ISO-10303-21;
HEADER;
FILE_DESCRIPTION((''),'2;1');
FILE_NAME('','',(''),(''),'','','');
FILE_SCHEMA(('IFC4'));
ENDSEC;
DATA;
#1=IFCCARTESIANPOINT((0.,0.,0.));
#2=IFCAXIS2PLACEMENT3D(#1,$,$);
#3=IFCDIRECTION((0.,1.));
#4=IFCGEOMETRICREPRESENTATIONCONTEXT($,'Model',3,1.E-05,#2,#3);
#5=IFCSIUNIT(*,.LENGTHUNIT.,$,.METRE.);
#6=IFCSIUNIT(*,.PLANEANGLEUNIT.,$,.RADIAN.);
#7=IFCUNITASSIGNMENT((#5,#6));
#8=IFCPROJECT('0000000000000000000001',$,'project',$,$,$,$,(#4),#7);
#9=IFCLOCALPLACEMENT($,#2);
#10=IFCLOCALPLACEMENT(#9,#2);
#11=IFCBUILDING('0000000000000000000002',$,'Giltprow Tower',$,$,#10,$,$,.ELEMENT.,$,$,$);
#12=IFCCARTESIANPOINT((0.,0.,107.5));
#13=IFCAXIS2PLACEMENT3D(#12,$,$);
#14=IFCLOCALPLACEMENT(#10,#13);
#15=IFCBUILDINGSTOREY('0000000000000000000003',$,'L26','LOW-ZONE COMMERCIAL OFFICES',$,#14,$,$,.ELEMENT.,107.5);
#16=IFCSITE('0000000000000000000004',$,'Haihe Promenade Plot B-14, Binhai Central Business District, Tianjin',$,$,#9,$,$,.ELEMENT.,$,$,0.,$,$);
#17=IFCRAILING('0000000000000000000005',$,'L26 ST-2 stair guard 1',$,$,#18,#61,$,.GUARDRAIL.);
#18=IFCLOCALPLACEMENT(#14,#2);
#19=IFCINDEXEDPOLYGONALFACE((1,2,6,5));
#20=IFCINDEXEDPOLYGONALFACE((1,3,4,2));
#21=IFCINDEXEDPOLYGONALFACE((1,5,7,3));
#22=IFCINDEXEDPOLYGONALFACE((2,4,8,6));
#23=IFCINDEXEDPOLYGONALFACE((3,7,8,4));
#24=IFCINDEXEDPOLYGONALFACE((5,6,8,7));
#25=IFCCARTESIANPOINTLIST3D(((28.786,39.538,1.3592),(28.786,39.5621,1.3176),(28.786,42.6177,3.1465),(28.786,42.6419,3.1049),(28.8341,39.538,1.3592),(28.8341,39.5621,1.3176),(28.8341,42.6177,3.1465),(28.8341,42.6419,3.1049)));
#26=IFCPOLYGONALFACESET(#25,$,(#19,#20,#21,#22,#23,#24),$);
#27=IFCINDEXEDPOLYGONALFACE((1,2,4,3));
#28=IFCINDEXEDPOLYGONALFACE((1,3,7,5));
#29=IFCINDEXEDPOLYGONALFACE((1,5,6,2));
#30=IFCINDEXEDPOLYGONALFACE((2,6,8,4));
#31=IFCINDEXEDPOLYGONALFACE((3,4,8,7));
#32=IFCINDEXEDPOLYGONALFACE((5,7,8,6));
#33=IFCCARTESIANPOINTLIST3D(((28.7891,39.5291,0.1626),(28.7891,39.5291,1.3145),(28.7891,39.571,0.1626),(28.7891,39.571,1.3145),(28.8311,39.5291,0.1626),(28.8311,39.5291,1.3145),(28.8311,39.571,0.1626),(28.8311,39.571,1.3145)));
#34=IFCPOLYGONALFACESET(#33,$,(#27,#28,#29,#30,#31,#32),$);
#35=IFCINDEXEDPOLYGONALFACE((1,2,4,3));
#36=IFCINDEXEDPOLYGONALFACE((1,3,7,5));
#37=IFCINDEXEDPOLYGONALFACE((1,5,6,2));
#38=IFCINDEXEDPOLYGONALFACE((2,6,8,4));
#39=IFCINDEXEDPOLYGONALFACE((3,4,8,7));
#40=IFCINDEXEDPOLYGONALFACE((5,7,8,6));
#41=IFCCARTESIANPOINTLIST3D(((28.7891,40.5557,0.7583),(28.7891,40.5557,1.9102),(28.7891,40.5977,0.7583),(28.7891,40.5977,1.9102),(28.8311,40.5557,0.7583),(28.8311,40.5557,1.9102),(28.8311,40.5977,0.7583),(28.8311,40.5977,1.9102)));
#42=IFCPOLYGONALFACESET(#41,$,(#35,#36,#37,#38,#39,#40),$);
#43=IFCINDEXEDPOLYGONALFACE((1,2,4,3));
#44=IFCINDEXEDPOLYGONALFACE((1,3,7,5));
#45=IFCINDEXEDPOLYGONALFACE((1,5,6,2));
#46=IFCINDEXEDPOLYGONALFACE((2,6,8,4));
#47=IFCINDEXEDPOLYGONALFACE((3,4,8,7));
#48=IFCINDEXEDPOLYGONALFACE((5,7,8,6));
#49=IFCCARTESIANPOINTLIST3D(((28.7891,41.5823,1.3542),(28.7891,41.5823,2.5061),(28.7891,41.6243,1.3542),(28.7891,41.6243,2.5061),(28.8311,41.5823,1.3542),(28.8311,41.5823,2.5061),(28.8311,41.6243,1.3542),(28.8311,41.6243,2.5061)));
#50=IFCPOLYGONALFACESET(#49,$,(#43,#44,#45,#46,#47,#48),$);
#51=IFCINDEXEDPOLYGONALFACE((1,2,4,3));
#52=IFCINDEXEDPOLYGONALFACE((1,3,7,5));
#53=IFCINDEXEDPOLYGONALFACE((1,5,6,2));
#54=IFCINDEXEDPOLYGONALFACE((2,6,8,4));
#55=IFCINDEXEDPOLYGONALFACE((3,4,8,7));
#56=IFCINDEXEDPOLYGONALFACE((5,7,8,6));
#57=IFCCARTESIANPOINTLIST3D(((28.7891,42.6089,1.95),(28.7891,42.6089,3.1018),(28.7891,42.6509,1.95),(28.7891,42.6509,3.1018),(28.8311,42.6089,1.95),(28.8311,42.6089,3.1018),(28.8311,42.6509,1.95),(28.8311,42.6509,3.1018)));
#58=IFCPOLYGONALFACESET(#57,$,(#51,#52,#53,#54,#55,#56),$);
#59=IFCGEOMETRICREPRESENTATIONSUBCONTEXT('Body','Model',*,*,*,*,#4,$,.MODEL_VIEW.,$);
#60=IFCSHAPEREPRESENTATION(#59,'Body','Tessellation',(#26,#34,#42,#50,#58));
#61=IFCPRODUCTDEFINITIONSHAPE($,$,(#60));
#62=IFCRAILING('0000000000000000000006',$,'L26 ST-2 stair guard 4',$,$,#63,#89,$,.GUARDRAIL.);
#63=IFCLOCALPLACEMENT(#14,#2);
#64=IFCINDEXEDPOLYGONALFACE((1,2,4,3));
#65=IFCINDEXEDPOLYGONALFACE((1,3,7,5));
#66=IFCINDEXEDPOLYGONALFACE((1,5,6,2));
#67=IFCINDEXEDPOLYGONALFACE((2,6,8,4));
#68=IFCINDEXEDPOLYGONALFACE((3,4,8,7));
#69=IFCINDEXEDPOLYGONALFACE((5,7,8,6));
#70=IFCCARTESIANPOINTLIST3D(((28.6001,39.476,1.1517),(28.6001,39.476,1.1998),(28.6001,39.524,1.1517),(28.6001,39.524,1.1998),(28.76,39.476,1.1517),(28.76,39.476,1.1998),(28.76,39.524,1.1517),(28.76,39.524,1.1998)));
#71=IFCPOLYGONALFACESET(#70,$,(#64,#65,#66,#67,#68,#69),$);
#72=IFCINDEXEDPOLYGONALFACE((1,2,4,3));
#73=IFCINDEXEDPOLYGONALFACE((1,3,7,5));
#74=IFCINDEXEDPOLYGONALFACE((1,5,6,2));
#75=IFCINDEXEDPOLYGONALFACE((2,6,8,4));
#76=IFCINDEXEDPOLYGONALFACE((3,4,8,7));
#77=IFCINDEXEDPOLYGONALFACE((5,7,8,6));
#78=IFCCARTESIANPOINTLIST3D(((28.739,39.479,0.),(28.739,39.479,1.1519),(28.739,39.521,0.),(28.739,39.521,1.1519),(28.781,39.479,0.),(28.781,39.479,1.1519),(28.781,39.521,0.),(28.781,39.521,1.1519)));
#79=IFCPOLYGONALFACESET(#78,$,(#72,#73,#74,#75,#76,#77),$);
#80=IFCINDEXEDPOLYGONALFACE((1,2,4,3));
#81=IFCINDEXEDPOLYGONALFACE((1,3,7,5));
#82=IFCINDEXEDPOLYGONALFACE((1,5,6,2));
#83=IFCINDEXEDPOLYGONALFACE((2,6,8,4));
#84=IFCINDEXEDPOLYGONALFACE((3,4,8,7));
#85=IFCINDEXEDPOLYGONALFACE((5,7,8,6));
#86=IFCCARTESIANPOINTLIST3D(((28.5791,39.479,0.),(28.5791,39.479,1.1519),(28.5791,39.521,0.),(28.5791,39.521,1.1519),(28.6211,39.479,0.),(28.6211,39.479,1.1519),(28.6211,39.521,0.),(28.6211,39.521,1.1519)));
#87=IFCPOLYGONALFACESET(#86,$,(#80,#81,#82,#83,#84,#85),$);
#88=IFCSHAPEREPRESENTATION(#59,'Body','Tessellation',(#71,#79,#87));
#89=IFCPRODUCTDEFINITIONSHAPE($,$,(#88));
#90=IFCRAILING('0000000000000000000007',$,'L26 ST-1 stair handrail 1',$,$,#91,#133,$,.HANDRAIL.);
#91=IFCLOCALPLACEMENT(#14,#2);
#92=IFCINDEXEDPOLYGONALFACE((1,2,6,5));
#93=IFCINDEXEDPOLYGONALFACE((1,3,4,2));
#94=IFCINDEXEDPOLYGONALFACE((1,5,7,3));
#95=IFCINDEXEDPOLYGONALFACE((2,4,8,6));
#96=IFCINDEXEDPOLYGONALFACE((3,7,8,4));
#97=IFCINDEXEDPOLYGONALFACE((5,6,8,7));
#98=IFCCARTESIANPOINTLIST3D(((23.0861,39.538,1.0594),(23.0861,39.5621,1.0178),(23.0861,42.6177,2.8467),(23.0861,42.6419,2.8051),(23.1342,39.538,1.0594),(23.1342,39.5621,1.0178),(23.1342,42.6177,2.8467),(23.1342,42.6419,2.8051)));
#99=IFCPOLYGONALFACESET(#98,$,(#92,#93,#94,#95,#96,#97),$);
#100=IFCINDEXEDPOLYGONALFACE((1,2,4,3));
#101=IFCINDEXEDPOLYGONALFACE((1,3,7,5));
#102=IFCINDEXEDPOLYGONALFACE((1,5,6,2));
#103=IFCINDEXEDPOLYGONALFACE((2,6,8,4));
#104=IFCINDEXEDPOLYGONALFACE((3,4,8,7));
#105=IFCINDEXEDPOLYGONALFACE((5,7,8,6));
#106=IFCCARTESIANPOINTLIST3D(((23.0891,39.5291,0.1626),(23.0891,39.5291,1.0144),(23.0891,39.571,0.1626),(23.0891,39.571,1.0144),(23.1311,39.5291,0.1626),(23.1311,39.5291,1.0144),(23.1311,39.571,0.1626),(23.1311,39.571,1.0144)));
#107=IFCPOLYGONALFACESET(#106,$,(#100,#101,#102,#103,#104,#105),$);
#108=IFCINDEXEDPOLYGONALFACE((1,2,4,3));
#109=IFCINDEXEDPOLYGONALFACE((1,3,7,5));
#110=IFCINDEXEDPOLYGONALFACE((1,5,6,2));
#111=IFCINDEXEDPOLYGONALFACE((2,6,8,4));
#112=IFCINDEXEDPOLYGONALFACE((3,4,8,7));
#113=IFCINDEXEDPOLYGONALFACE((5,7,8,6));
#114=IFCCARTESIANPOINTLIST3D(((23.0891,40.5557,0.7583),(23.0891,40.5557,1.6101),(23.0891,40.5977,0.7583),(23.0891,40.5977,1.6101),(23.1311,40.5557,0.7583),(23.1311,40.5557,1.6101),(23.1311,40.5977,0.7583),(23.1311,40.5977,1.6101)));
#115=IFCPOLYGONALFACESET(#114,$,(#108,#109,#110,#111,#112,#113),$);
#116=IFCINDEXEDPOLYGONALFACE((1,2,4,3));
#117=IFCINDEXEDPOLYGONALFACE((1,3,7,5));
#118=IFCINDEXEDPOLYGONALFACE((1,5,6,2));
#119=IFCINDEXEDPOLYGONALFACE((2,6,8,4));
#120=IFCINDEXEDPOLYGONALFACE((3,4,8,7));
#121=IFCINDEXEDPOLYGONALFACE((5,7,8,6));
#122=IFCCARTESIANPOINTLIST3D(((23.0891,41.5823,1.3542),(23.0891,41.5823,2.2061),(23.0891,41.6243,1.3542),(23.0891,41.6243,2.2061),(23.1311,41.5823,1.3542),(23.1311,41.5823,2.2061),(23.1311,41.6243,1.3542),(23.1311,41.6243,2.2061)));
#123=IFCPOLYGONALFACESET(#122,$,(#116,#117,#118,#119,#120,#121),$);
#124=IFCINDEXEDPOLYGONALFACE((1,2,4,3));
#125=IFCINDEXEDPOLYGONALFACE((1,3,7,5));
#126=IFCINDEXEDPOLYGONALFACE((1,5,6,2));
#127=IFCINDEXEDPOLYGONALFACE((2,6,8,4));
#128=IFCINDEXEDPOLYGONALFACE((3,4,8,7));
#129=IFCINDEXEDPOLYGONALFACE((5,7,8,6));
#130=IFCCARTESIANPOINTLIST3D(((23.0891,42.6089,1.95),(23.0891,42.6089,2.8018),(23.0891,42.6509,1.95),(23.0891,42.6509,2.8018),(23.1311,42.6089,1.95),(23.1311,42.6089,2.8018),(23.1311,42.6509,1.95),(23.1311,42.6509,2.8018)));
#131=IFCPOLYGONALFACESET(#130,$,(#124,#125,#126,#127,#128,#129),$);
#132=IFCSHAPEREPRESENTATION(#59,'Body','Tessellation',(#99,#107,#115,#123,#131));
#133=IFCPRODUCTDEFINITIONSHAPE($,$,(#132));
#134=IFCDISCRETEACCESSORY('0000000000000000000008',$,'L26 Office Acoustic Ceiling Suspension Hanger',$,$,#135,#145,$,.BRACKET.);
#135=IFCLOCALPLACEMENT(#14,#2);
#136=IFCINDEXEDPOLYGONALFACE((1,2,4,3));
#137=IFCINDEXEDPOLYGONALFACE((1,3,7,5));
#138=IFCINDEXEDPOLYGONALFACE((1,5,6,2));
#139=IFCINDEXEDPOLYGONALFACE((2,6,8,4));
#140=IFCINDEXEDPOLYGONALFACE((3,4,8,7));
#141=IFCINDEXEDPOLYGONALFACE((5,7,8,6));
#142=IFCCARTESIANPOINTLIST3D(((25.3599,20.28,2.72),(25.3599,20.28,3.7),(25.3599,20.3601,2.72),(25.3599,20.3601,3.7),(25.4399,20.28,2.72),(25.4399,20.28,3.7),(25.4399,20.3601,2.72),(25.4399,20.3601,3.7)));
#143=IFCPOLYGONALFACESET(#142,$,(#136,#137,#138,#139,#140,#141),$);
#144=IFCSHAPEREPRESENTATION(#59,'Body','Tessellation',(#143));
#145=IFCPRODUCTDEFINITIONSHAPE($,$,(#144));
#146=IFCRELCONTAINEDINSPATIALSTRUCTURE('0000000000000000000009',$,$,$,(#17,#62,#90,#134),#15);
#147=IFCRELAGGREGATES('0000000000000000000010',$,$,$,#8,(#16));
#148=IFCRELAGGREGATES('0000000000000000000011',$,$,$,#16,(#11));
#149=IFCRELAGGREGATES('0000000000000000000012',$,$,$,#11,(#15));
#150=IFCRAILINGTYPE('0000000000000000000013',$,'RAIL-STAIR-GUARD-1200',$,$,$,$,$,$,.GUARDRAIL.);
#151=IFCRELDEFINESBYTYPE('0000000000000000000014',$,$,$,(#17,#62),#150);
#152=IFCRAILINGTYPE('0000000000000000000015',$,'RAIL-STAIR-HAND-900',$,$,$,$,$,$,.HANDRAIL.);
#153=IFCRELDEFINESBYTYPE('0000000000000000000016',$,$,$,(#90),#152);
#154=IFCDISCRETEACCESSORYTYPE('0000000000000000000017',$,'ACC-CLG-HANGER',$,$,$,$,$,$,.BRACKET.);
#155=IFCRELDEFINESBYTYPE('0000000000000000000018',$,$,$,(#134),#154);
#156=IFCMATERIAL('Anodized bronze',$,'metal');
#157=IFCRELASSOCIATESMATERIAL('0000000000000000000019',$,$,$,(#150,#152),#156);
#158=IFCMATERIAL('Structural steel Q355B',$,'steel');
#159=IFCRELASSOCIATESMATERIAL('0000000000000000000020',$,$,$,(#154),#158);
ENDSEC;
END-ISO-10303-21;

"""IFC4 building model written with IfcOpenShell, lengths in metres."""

from ifc_helpers import new_model, si_unit, direction, frame, origin, origin_2d, place, context, subcontext, project, spatial, rectangle, extrude, source, transform, mapped, material, type_object, element, save


model = new_model("IFC4")

# Units and contexts
model_context = context("Model", 3, precision=1e-05, world=origin(), true_north=direction((0.0, 1.0)))
body_context = subcontext(model_context, "Body", "Model", "MODEL_VIEW")
ifc_project = project(units=[si_unit("LENGTHUNIT", "METRE"), si_unit("PLANEANGLEUNIT", "RADIAN")], contexts=[model_context])

# Site, building, storey
site_placement = place(None, origin())
site = spatial("IfcSite", under=ifc_project, at=site_placement, Name="Haihe Promenade Plot B-14, Binhai Central Business District, Tianjin", CompositionType="ELEMENT", RefElevation=0.0)
building_placement = place(site_placement, origin())
building = spatial("IfcBuilding", under=site, at=building_placement, Name="Giltprow Tower", CompositionType="ELEMENT")
storey_placement = place(building_placement, frame((0.0, 0.0, 107.5)))
storey = spatial("IfcBuildingStorey", under=building, at=storey_placement, Name="L26", Description="LOW-ZONE COMMERCIAL OFFICES", CompositionType="ELEMENT", Elevation=107.5)

# Shared definitions
ifc_material_1 = material(Name="Structural steel Q355B", Category="steel")

# Railings
ifc_material_2 = material(Name="Anodized bronze", Category="metal")
railing_type_1 = type_object("IfcRailingType", Name="RAIL-STAIR-GUARD-1200", PredefinedType="GUARDRAIL", material=ifc_material_2)
railing_1_placement = place(storey_placement, frame((28.8101, 39.55, 0.1626)))
element("IfcRailing", 1, at=railing_1_placement, inside=storey, type_object=railing_type_1, Name="L26 ST-2 stair guard 1", PredefinedType="GUARDRAIL", context=body_context, shape_type="SweptSolid", body=[
    extrude(rectangle(XDim=0.0481, YDim=0.0481, at=origin_2d()), frame((0.0, 0.0, 1.1758), z_axis=(0.0, 0.864903, 0.501939), x_axis=(-1.0, 0.0, 0.0)), (0.0, 0.0, 1.0), 3.5608),
    extrude(rectangle(XDim=0.042, YDim=0.042, at=origin_2d()), origin(), (0.0, 0.0, 1.0), 1.1519),
    extrude(rectangle(XDim=0.042, YDim=0.042, at=origin_2d()), frame((0.0, 1.0266, 0.5957)), (0.0, 0.0, 1.0), 1.1519),
    extrude(rectangle(XDim=0.042, YDim=0.042, at=origin_2d()), frame((0.0, 2.0532, 1.1917)), (0.0, 0.0, 1.0), 1.1519),
    extrude(rectangle(XDim=0.042, YDim=0.042, at=origin_2d()), frame((0.0, 3.0798, 1.7874)), (0.0, 0.0, 1.0), 1.1519),
])
railing_2_placement = place(storey_placement, frame((28.76, 39.5, 0.0)))
element("IfcRailing", 2, at=railing_2_placement, inside=storey, type_object=railing_type_1, Name="L26 ST-2 stair guard 4", PredefinedType="GUARDRAIL", context=body_context, shape_type="SweptSolid", body=[
    extrude(rectangle(XDim=0.0481, YDim=0.0481, at=origin_2d()), frame((0.0, 0.0, 1.1758), z_axis=(-1.0, 0.0, 0.0), x_axis=(0.0, -1.0, 0.0)), (0.0, 0.0, 1.0), 0.1599),
    extrude(rectangle(XDim=0.042, YDim=0.042, at=origin_2d()), origin(), (0.0, 0.0, 1.0), 1.1519),
    extrude(rectangle(XDim=0.042, YDim=0.042, at=origin_2d()), frame((-0.1599, 0.0, 0.0)), (0.0, 0.0, 1.0), 1.1519),
])
railing_type_2 = type_object("IfcRailingType", Name="RAIL-STAIR-HAND-900", PredefinedType="HANDRAIL", material=ifc_material_2)
railing_3_placement = place(storey_placement, frame((23.1101, 39.55, 0.1626)))
element("IfcRailing", 3, at=railing_3_placement, inside=storey, type_object=railing_type_2, Name="L26 ST-1 stair handrail 1", PredefinedType="HANDRAIL", context=body_context, shape_type="SweptSolid", body=[
    extrude(rectangle(XDim=0.0481, YDim=0.0481, at=origin_2d()), frame((0.0, 0.0, 0.876), z_axis=(0.0, 0.864903, 0.501939), x_axis=(-1.0, 0.0, 0.0)), (0.0, 0.0, 1.0), 3.5608),
    extrude(rectangle(XDim=0.042, YDim=0.042, at=origin_2d()), origin(), (0.0, 0.0, 1.0), 0.8518),
    extrude(rectangle(XDim=0.042, YDim=0.042, at=origin_2d()), frame((0.0, 1.0266, 0.5957)), (0.0, 0.0, 1.0), 0.8518),
    extrude(rectangle(XDim=0.042, YDim=0.042, at=origin_2d()), frame((0.0, 2.0532, 1.1917)), (0.0, 0.0, 1.0), 0.8518),
    extrude(rectangle(XDim=0.042, YDim=0.042, at=origin_2d()), frame((0.0, 3.0798, 1.7874)), (0.0, 0.0, 1.0), 0.8518),
])

# Discrete accessory
discrete_accessory_type = type_object("IfcDiscreteAccessoryType", Name="ACC-CLG-HANGER", PredefinedType="BRACKET", material=ifc_material_1)
shared_shape_1 = source(origin(), body_context, "Body", "SweptSolid", [
    extrude(rectangle(XDim=0.0801, YDim=0.0801, at=origin_2d()), origin(), (0.0, 0.0, 1.0), 0.98),
])
discrete_accessory_placement = place(storey_placement, frame((25.3999, 20.3201, 2.72), z_axis=(0.0, 0.0, 1.0), x_axis=(1.0, 0.0, 0.0)))
element("IfcDiscreteAccessory", 4, at=discrete_accessory_placement, inside=storey, type_object=discrete_accessory_type, Name="L26 Office Acoustic Ceiling Suspension Hanger", PredefinedType="BRACKET", context=body_context, shape_type="MappedRepresentation", body=[
    mapped(shared_shape_1, transform((0.0, 0.0, 0.0), x_axis=(1.0, 0.0, 0.0), y_axis=(0.0, 1.0, 0.0), z_axis=(0.0, 0.0, 1.0), scale=1.0)),
])

save(model, "model.ifc")
